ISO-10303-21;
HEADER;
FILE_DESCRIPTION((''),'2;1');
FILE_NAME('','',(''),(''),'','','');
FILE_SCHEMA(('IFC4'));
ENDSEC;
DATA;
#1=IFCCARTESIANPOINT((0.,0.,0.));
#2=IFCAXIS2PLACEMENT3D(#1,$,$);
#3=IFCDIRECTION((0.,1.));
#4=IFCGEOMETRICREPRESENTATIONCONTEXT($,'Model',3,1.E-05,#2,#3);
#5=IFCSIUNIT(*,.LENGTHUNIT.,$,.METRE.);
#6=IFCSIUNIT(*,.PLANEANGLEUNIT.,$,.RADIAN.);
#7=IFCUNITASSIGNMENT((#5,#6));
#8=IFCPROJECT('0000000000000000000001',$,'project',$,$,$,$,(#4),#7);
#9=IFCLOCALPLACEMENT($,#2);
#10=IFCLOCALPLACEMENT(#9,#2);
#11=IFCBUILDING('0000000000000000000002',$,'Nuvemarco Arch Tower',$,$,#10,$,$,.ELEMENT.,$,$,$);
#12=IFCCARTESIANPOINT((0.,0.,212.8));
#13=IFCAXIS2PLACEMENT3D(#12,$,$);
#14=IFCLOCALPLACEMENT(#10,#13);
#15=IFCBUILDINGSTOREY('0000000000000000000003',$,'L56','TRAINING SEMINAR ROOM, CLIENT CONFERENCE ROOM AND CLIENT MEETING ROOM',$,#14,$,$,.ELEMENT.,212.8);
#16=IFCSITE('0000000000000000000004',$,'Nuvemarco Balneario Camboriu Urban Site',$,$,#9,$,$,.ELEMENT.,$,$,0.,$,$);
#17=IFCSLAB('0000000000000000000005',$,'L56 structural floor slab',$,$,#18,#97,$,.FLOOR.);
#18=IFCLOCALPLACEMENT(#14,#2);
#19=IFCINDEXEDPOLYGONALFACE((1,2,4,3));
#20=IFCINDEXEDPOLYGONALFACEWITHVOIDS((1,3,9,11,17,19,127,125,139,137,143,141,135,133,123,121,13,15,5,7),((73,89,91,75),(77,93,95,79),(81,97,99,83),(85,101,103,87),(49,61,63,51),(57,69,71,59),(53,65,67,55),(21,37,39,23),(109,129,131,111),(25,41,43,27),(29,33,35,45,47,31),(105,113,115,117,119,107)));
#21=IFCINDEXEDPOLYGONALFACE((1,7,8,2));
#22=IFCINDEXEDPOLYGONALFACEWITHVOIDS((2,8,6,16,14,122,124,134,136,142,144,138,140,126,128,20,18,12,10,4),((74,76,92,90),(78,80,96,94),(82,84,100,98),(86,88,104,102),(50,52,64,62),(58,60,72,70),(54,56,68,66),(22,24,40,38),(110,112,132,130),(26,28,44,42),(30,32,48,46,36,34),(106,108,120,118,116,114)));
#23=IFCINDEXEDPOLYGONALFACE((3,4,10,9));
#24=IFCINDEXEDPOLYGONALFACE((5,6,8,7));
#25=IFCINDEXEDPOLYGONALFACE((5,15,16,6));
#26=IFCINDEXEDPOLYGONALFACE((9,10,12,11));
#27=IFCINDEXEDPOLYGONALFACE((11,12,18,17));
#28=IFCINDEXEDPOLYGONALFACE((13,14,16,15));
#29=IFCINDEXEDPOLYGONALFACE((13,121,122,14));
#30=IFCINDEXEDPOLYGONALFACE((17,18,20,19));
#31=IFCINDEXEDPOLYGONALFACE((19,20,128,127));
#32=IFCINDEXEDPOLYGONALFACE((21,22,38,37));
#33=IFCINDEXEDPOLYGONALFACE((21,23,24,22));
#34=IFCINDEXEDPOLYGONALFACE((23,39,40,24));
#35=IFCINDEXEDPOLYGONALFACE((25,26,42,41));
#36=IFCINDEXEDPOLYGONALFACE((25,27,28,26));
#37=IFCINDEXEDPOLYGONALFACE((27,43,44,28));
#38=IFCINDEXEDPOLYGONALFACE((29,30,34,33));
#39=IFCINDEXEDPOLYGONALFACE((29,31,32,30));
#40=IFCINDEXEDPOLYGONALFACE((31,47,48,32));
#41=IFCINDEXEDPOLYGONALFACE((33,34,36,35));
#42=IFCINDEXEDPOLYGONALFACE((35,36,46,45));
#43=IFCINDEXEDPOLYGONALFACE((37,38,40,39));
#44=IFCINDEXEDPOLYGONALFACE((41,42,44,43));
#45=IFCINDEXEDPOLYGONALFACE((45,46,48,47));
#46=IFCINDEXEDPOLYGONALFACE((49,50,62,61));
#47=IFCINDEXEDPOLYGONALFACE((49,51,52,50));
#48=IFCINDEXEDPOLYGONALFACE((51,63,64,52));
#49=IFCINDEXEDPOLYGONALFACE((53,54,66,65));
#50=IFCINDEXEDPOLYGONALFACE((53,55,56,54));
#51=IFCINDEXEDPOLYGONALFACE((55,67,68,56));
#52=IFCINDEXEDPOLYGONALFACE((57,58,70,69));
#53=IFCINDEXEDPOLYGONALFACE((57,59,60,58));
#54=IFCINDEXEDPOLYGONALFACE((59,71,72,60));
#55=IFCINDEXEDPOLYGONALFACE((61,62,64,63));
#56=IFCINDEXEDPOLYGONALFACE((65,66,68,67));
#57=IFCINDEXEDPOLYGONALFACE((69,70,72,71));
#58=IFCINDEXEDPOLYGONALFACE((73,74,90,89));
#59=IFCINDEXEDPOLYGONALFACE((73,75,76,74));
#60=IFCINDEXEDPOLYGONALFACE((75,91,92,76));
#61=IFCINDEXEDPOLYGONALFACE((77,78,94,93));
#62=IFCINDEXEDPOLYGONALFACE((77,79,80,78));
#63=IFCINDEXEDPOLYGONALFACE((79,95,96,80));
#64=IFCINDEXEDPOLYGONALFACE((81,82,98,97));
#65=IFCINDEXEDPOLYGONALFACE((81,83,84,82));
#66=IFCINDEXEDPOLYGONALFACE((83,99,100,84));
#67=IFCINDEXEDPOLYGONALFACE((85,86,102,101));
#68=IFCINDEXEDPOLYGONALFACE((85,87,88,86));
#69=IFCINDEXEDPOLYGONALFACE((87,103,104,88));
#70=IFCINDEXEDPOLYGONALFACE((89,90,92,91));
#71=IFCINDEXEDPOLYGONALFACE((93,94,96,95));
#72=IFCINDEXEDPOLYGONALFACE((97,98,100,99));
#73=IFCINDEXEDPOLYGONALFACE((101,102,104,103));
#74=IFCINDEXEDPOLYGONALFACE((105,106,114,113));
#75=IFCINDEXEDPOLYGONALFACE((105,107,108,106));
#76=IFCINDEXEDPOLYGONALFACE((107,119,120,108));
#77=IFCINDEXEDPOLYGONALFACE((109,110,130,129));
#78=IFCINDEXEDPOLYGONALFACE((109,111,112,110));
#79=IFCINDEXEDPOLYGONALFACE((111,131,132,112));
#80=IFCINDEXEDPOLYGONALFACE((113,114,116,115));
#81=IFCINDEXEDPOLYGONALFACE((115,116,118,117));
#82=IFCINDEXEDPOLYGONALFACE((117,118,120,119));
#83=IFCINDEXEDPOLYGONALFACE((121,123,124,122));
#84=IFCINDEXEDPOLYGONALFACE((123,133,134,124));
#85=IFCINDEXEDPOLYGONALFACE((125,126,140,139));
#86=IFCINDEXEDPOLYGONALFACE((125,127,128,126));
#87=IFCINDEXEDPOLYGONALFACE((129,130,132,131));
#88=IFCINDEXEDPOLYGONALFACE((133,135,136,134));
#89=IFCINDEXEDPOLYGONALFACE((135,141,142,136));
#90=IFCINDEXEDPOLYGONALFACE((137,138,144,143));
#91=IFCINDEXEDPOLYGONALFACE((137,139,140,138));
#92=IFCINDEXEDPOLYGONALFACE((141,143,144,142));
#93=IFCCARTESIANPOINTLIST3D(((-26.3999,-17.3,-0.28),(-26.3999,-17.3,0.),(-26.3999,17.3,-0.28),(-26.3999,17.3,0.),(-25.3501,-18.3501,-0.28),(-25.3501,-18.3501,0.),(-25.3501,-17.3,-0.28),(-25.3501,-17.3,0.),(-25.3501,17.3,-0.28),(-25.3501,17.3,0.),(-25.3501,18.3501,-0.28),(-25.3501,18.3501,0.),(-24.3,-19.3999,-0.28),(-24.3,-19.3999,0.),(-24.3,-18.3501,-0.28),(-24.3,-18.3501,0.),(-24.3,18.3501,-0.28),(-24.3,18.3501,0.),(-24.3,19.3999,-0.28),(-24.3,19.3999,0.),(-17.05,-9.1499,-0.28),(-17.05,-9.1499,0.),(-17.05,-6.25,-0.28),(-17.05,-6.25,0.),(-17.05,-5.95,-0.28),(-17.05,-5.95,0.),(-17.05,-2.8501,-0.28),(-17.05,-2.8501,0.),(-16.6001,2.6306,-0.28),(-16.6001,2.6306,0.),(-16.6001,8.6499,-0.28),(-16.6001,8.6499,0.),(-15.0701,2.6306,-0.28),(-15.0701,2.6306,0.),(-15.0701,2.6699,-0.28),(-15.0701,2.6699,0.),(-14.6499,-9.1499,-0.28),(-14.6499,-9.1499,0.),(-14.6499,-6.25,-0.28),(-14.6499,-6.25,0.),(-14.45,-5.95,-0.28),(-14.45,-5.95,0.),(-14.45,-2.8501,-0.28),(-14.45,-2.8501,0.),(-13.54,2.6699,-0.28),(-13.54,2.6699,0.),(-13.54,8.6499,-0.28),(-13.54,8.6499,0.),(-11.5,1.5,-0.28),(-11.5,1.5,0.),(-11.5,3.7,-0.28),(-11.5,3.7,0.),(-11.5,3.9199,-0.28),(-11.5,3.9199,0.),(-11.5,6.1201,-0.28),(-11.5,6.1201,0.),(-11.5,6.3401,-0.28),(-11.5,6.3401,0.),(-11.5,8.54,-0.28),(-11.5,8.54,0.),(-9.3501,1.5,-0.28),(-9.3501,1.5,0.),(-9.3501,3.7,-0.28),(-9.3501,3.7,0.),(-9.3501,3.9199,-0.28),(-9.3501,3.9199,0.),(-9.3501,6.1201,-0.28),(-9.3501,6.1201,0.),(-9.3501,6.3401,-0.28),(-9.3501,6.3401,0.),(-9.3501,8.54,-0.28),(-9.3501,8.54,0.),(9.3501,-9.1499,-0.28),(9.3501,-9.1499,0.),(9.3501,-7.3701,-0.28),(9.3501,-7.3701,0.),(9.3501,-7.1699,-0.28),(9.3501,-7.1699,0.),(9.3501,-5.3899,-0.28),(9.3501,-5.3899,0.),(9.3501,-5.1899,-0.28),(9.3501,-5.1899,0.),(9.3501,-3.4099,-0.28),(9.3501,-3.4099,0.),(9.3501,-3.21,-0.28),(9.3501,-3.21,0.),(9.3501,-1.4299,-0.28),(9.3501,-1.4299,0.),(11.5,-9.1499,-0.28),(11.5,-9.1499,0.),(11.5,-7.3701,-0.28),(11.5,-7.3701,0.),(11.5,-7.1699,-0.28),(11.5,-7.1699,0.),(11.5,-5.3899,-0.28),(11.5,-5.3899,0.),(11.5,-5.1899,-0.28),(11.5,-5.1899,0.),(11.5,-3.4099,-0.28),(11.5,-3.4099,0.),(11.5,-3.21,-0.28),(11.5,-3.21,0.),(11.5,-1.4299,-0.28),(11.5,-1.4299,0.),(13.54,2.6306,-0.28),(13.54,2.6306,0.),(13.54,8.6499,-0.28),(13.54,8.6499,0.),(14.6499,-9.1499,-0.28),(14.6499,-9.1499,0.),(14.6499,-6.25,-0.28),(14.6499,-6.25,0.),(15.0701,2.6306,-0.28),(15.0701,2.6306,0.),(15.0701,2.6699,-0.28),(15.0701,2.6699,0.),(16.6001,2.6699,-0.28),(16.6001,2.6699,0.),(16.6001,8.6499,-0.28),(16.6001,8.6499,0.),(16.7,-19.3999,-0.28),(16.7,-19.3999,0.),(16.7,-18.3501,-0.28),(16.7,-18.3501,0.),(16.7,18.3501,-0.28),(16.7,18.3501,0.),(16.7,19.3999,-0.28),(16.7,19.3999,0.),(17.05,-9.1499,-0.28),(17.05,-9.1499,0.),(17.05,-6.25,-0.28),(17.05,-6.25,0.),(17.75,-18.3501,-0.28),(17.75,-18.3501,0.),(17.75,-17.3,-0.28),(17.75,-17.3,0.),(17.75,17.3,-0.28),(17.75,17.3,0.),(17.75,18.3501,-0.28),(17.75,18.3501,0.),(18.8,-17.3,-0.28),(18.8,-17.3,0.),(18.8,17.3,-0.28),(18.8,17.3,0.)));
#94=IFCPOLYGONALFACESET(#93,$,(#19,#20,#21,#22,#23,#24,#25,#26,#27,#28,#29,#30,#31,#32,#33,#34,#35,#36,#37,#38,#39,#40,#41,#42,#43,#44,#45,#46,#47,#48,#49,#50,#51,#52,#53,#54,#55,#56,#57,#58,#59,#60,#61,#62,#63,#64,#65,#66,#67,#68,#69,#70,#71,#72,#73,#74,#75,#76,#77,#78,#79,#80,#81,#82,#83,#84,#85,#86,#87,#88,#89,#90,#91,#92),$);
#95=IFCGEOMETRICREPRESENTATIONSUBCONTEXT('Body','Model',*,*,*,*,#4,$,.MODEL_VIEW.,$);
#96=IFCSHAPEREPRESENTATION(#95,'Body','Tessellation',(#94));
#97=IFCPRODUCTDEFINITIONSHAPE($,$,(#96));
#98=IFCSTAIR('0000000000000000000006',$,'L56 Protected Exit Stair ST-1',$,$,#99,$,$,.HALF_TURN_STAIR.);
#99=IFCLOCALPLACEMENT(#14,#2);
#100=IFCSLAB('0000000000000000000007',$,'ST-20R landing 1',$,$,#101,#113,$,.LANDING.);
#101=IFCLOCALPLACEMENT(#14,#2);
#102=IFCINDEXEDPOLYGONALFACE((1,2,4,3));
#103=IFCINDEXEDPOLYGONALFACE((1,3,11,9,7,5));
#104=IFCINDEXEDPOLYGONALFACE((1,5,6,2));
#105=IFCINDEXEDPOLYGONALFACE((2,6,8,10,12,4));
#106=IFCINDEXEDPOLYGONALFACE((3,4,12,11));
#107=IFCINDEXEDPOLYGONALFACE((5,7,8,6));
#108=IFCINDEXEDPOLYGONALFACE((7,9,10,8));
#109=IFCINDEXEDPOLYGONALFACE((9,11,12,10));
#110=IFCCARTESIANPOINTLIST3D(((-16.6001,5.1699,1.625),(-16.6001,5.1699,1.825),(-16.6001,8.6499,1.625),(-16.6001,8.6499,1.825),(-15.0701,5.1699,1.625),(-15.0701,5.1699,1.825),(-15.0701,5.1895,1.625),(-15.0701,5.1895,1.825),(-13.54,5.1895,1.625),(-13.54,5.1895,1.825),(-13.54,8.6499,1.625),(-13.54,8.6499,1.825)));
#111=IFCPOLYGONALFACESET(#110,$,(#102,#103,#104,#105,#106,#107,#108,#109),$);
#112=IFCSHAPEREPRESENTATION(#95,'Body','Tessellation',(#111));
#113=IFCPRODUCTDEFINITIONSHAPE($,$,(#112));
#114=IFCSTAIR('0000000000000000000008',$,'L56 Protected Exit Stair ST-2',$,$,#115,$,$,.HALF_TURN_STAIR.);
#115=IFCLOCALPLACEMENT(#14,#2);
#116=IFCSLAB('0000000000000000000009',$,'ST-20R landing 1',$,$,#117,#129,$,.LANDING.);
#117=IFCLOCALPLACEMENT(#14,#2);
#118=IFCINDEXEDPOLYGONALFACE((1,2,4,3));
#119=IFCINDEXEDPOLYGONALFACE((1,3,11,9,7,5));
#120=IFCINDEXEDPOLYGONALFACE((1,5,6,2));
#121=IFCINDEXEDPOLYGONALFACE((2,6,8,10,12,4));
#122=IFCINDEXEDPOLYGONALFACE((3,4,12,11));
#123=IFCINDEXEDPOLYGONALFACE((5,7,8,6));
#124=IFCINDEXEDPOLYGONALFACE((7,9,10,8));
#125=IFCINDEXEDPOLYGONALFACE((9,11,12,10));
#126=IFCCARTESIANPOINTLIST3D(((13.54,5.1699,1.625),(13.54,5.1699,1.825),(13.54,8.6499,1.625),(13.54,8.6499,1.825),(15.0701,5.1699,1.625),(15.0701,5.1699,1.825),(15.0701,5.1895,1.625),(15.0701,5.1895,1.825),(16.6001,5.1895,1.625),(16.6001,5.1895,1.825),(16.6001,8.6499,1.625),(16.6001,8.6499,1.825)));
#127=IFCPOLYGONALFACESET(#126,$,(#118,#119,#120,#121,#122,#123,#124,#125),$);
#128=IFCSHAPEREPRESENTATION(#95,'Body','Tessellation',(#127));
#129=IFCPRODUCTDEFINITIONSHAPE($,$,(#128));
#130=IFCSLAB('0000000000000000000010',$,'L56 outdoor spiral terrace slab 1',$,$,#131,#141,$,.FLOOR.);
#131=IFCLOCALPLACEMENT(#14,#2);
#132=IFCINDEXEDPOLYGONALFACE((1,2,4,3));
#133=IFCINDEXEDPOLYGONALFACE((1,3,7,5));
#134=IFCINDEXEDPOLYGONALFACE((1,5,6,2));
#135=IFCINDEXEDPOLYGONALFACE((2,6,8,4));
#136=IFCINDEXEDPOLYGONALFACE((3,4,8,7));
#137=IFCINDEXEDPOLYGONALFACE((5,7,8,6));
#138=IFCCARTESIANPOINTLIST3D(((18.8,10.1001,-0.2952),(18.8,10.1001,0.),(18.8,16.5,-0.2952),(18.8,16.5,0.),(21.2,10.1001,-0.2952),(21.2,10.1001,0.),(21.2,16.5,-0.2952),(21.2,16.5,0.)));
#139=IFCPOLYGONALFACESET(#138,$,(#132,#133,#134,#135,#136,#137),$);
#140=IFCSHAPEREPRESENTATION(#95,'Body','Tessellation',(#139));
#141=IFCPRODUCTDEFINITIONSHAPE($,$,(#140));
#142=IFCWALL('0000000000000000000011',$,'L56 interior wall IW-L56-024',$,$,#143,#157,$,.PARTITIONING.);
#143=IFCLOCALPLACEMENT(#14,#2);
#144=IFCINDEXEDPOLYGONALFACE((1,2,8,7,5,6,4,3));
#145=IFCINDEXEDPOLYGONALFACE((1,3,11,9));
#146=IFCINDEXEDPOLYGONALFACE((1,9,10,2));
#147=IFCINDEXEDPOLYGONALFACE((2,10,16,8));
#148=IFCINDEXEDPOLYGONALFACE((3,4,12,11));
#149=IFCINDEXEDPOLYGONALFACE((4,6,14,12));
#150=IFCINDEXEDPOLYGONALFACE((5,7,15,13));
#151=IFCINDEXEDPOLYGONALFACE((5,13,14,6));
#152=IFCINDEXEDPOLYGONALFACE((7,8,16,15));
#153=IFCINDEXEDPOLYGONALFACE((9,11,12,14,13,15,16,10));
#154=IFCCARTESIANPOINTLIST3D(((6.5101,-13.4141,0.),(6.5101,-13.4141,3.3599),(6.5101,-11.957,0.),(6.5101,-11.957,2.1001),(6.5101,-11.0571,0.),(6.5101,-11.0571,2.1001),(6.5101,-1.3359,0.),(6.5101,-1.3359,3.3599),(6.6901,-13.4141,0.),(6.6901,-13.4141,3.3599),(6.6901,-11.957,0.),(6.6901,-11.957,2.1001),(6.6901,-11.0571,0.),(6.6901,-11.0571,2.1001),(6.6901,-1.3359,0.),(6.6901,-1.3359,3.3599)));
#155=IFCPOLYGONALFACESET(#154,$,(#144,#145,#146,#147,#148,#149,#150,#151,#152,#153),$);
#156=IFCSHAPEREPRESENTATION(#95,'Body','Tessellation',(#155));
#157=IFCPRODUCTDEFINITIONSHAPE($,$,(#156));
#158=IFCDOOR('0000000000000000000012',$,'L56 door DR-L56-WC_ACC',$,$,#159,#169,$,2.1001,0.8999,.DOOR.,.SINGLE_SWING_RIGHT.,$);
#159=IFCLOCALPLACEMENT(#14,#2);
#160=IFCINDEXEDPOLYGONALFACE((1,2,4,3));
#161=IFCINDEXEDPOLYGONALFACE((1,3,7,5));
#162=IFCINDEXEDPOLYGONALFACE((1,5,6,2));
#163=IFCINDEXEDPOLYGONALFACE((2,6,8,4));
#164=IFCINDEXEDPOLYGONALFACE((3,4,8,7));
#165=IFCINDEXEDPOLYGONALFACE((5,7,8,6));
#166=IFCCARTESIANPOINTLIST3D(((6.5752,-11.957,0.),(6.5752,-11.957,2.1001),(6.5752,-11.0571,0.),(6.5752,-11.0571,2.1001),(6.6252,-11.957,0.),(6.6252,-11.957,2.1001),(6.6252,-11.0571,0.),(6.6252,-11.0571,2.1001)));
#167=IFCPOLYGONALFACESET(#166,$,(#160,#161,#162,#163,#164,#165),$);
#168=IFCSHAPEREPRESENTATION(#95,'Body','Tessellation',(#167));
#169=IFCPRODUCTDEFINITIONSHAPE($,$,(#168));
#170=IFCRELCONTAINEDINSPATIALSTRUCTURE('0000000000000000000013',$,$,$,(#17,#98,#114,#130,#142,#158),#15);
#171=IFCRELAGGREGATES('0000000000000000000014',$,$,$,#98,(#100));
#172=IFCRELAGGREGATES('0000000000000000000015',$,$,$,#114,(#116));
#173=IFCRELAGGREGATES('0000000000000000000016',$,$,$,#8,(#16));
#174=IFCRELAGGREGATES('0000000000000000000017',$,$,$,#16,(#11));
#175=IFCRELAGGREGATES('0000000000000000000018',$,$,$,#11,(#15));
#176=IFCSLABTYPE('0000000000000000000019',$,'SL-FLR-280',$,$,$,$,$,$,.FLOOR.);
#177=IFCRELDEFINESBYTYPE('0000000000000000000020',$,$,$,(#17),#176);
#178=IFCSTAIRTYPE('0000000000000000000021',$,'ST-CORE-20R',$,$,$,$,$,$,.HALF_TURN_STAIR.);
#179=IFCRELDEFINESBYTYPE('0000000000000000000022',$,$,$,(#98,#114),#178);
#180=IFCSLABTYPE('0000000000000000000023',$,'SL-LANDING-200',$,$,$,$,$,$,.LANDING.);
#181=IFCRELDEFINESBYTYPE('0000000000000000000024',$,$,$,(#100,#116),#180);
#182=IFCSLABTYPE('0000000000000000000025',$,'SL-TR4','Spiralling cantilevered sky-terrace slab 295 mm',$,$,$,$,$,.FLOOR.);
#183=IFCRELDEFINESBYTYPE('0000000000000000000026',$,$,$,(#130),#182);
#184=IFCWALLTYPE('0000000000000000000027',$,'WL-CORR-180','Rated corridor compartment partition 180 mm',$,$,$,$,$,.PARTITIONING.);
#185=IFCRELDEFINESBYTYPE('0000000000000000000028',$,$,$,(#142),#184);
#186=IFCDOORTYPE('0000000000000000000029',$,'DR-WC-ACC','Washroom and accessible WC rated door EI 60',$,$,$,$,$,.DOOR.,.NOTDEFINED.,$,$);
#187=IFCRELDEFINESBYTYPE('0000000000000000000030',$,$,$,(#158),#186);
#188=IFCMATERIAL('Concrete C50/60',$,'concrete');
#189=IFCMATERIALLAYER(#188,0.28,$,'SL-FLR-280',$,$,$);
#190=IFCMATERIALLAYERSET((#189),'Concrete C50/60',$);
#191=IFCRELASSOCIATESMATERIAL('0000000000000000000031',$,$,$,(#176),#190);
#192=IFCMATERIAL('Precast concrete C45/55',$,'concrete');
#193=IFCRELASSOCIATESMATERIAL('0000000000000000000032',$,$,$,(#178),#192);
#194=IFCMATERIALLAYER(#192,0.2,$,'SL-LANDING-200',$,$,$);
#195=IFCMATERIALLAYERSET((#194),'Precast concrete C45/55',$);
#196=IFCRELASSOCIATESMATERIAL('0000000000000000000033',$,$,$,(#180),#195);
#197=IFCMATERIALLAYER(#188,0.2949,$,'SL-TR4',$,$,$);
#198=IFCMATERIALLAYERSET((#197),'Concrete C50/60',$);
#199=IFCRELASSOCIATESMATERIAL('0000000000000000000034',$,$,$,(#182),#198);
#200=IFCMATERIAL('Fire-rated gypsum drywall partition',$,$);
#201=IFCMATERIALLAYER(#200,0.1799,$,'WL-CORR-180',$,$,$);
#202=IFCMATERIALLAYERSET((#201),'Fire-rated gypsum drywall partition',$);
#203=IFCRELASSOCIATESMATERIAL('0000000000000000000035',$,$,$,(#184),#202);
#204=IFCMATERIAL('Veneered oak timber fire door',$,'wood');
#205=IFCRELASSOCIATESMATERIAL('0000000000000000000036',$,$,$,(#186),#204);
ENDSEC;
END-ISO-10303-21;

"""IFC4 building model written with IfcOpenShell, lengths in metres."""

from ifc_helpers import new_model, si_unit, direction, frame, frame_2d, origin, place, context, subcontext, project, spatial, polyline, rectangle, outline, extrude, source, transform, mapped, material, layer, layer_set, type_object, type_shapes, element, fill, aggregate, save


model = new_model("IFC4")

# Units and contexts
model_context = context("Model", 3, precision=1e-05, world=origin(), true_north=direction((0.0, 1.0)))
body_context = subcontext(model_context, "Body", "Model", "MODEL_VIEW")
ifc_project = project(units=[si_unit("LENGTHUNIT", "METRE"), si_unit("PLANEANGLEUNIT", "RADIAN")], contexts=[model_context])

# Site, building, storey
site_placement = place(None, origin())
site = spatial("IfcSite", under=ifc_project, at=site_placement, Name="Nuvemarco Balneario Camboriu Urban Site", CompositionType="ELEMENT", RefElevation=0.0)
building_placement = place(site_placement, origin())
building = spatial("IfcBuilding", under=site, at=building_placement, Name="Nuvemarco Arch Tower", CompositionType="ELEMENT")
storey_placement = place(building_placement, frame((0.0, 0.0, 212.8)))
storey = spatial("IfcBuildingStorey", under=building, at=storey_placement, Name="L56", Description="TRAINING SEMINAR ROOM, CLIENT CONFERENCE ROOM AND CLIENT MEETING ROOM", CompositionType="ELEMENT", Elevation=212.8)

# Shared definitions
ifc_material_1 = material(Name="Precast concrete C45/55", Category="concrete")

# Slab
ifc_material_2 = material(Name="Concrete C50/60", Category="concrete")
ifc_layer_1 = layer(ifc_material_2, 0.28, Name="SL-FLR-280")
ifc_layer_set_1 = layer_set([ifc_layer_1], Name="Concrete C50/60")
slab_type_1 = type_object("IfcSlabType", Name="SL-FLR-280", PredefinedType="FLOOR", material=ifc_layer_set_1)
slab_1_placement = place(storey_placement, frame((0.0, 0.0, -0.28)))
element("IfcSlab", 1, at=slab_1_placement, inside=storey, type_object=slab_type_1, Name="L56 structural floor slab", PredefinedType="FLOOR", context=body_context, shape_type="SweptSolid", body=[
    extrude(outline(polyline([(-24.3, -19.3999), (16.7, -19.3999), (16.7, -18.3501), (17.75, -18.3501), (17.75, -17.3), (18.8, -17.3), (18.8, 17.3), (17.75, 17.3), (17.75, 18.3501), (16.7, 18.3501), (16.7, 19.3999), (-24.3, 19.3999), (-24.3, 18.3501), (-25.3501, 18.3501), (-25.3501, 17.3), (-26.3999, 17.3), (-26.3999, -17.3), (-25.3501, -17.3), (-25.3501, -18.3501), (-24.3, -18.3501), (-24.3, -19.3999)]), holes=[polyline([(-13.54, 2.6699), (-13.54, 8.6499), (-16.6001, 8.6499), (-16.6001, 2.6306), (-15.0701, 2.6306), (-15.0701, 2.6699), (-13.54, 2.6699)]), polyline([(16.6001, 2.6699), (16.6001, 8.6499), (13.54, 8.6499), (13.54, 2.6306), (15.0701, 2.6306), (15.0701, 2.6699), (16.6001, 2.6699)]), polyline([(-17.05, -9.1499), (-14.6499, -9.1499), (-14.6499, -6.25), (-17.05, -6.25), (-17.05, -9.1499)]), polyline([(-17.05, -5.95), (-14.45, -5.95), (-14.45, -2.8501), (-17.05, -2.8501), (-17.05, -5.95)]), polyline([(-11.5, 1.5), (-9.3501, 1.5), (-9.3501, 3.7), (-11.5, 3.7), (-11.5, 1.5)]), polyline([(-11.5, 3.9199), (-9.3501, 3.9199), (-9.3501, 6.1201), (-11.5, 6.1201), (-11.5, 3.9199)]), polyline([(-11.5, 6.3401), (-9.3501, 6.3401), (-9.3501, 8.54), (-11.5, 8.54), (-11.5, 6.3401)]), polyline([(14.6499, -9.1499), (17.05, -9.1499), (17.05, -6.25), (14.6499, -6.25), (14.6499, -9.1499)]), polyline([(9.3501, -9.1499), (11.5, -9.1499), (11.5, -7.3701), (9.3501, -7.3701), (9.3501, -9.1499)]), polyline([(9.3501, -7.1699), (11.5, -7.1699), (11.5, -5.3899), (9.3501, -5.3899), (9.3501, -7.1699)]), polyline([(9.3501, -5.1899), (11.5, -5.1899), (11.5, -3.4099), (9.3501, -3.4099), (9.3501, -5.1899)]), polyline([(9.3501, -3.21), (11.5, -3.21), (11.5, -1.4299), (9.3501, -1.4299), (9.3501, -3.21)])]), origin(), (0.0, 0.0, 1.0), 0.28),
])

# Stairs, slabs
stair_type = type_object("IfcStairType", Name="ST-CORE-20R", PredefinedType="HALF_TURN_STAIR", material=ifc_material_1)
stair_1_placement = place(storey_placement, origin())
stair_1 = element("IfcStair", 2, at=stair_1_placement, inside=storey, type_object=stair_type, Name="L56 Protected Exit Stair ST-1", PredefinedType="HALF_TURN_STAIR")
ifc_layer_2 = layer(ifc_material_1, 0.2, Name="SL-LANDING-200")
ifc_layer_set_2 = layer_set([ifc_layer_2], Name="Precast concrete C45/55")
slab_type_2 = type_object("IfcSlabType", Name="SL-LANDING-200", PredefinedType="LANDING", material=ifc_layer_set_2)
slab_2_placement = place(storey_placement, frame((0.0, 0.0, 1.625)))
slab_2 = element("IfcSlab", 3, at=slab_2_placement, type_object=slab_type_2, Name="ST-20R landing 1", PredefinedType="LANDING", context=body_context, shape_type="SweptSolid", body=[
    extrude(outline(polyline([(-13.54, 5.1895), (-13.54, 8.6499), (-16.6001, 8.6499), (-16.6001, 5.1699), (-15.0701, 5.1699), (-15.0701, 5.1895), (-13.54, 5.1895)])), origin(), (0.0, 0.0, 1.0), 0.2),
])
aggregate(stair_1, [slab_2])
stair_2_placement = place(storey_placement, origin())
stair_2 = element("IfcStair", 4, at=stair_2_placement, inside=storey, type_object=stair_type, Name="L56 Protected Exit Stair ST-2", PredefinedType="HALF_TURN_STAIR")
slab_3_placement = place(storey_placement, frame((0.0, 0.0, 1.625)))
slab_3 = element("IfcSlab", 5, at=slab_3_placement, type_object=slab_type_2, Name="ST-20R landing 1", PredefinedType="LANDING", context=body_context, shape_type="SweptSolid", body=[
    extrude(outline(polyline([(16.6001, 5.1895), (16.6001, 8.6499), (13.54, 8.6499), (13.54, 5.1699), (15.0701, 5.1699), (15.0701, 5.1895), (16.6001, 5.1895)])), origin(), (0.0, 0.0, 1.0), 0.2),
])
aggregate(stair_2, [slab_3])

# Slab
ifc_layer_3 = layer(ifc_material_2, 0.2949, Name="SL-TR4")
ifc_layer_set_3 = layer_set([ifc_layer_3], Name="Concrete C50/60")
slab_type_3 = type_object("IfcSlabType", Name="SL-TR4", Description="Spiralling cantilevered sky-terrace slab 295 mm", PredefinedType="FLOOR", material=ifc_layer_set_3)
slab_4_placement = place(storey_placement, frame((0.0, 0.0, -0.2952)))
element("IfcSlab", 6, at=slab_4_placement, inside=storey, type_object=slab_type_3, Name="L56 outdoor spiral terrace slab 1", PredefinedType="FLOOR", context=body_context, shape_type="SweptSolid", body=[
    extrude(outline(polyline([(18.8, 10.1001), (21.2, 10.1001), (21.2, 16.5), (18.8, 16.5), (18.8, 10.1001)])), origin(), (0.0, 0.0, 1.0), 0.2952),
])

# Wall, opening, door
ifc_material_3 = material(Name="Fire-rated gypsum drywall partition")
ifc_layer_4 = layer(ifc_material_3, 0.1799, Name="WL-CORR-180")
ifc_layer_set_4 = layer_set([ifc_layer_4], Name="Fire-rated gypsum drywall partition")
wall_type_1 = type_object("IfcWallType", Name="WL-CORR-180", Description="Rated corridor compartment partition 180 mm", PredefinedType="PARTITIONING", material=ifc_layer_set_4)
wall_1_placement = place(storey_placement, frame((6.6001, -13.4141, 0.0), z_axis=(0.0, 0.0, 1.0), x_axis=(0.0, 1.0, 0.0)))
wall_1 = element("IfcWall", 7, at=wall_1_placement, inside=storey, type_object=wall_type_1, Name="L56 interior wall IW-L56-024", PredefinedType="PARTITIONING", context=body_context, shape_type="SweptSolid", body=[
    extrude(rectangle(XDim=12.0781, YDim=0.1799, at=frame_2d((6.0391, 0.0))), origin(), (0.0, 0.0, 1.0), 3.3599),
])
opening_placement = place(wall_1_placement, frame((1.457, 0.0, 0.0)))
opening = element("IfcOpeningElement", 8, at=opening_placement, cuts=wall_1, PredefinedType="OPENING", context=body_context, shape_type="SweptSolid", body=[
    extrude(rectangle(XDim=0.8999, YDim=2.1001, at=frame_2d((0.45, 1.05))), frame((0.0, 0.0999, 0.0), z_axis=(0.0, -1.0, 0.0), x_axis=(1.0, 0.0, 0.0)), (0.0, 0.0, 1.0), 0.2),
])
ifc_material_4 = material(Name="Veneered oak timber fire door", Category="wood")
door_type = type_object("IfcDoorType", Name="DR-WC-ACC", Description="Washroom and accessible WC rated door EI 60", OperationType="NOTDEFINED", PredefinedType="DOOR", material=ifc_material_4)
shared_shape_1 = source(origin(), body_context, "Body", "SweptSolid", [
    extrude(rectangle(XDim=0.8999, YDim=2.1001, at=frame_2d((0.45, 1.05))), frame((0.0, 0.0249, 0.0), z_axis=(0.0, -1.0, 0.0), x_axis=(1.0, 0.0, 0.0)), (0.0, 0.0, 1.0), 0.05),
])
type_shapes(door_type, [shared_shape_1])
door_placement = place(opening_placement, origin())
door = element("IfcDoor", 9, at=door_placement, inside=storey, type_object=door_type, Name="L56 door DR-L56-WC_ACC", OperationType="SINGLE_SWING_RIGHT", OverallHeight=2.1001, OverallWidth=0.8999, PredefinedType="DOOR", context=body_context, shape_type="MappedRepresentation", body=[
    mapped(shared_shape_1, transform((0.0, 0.0, 0.0), scale=1.0)),
])
fill(opening, door)

save(model, "model.ifc")
